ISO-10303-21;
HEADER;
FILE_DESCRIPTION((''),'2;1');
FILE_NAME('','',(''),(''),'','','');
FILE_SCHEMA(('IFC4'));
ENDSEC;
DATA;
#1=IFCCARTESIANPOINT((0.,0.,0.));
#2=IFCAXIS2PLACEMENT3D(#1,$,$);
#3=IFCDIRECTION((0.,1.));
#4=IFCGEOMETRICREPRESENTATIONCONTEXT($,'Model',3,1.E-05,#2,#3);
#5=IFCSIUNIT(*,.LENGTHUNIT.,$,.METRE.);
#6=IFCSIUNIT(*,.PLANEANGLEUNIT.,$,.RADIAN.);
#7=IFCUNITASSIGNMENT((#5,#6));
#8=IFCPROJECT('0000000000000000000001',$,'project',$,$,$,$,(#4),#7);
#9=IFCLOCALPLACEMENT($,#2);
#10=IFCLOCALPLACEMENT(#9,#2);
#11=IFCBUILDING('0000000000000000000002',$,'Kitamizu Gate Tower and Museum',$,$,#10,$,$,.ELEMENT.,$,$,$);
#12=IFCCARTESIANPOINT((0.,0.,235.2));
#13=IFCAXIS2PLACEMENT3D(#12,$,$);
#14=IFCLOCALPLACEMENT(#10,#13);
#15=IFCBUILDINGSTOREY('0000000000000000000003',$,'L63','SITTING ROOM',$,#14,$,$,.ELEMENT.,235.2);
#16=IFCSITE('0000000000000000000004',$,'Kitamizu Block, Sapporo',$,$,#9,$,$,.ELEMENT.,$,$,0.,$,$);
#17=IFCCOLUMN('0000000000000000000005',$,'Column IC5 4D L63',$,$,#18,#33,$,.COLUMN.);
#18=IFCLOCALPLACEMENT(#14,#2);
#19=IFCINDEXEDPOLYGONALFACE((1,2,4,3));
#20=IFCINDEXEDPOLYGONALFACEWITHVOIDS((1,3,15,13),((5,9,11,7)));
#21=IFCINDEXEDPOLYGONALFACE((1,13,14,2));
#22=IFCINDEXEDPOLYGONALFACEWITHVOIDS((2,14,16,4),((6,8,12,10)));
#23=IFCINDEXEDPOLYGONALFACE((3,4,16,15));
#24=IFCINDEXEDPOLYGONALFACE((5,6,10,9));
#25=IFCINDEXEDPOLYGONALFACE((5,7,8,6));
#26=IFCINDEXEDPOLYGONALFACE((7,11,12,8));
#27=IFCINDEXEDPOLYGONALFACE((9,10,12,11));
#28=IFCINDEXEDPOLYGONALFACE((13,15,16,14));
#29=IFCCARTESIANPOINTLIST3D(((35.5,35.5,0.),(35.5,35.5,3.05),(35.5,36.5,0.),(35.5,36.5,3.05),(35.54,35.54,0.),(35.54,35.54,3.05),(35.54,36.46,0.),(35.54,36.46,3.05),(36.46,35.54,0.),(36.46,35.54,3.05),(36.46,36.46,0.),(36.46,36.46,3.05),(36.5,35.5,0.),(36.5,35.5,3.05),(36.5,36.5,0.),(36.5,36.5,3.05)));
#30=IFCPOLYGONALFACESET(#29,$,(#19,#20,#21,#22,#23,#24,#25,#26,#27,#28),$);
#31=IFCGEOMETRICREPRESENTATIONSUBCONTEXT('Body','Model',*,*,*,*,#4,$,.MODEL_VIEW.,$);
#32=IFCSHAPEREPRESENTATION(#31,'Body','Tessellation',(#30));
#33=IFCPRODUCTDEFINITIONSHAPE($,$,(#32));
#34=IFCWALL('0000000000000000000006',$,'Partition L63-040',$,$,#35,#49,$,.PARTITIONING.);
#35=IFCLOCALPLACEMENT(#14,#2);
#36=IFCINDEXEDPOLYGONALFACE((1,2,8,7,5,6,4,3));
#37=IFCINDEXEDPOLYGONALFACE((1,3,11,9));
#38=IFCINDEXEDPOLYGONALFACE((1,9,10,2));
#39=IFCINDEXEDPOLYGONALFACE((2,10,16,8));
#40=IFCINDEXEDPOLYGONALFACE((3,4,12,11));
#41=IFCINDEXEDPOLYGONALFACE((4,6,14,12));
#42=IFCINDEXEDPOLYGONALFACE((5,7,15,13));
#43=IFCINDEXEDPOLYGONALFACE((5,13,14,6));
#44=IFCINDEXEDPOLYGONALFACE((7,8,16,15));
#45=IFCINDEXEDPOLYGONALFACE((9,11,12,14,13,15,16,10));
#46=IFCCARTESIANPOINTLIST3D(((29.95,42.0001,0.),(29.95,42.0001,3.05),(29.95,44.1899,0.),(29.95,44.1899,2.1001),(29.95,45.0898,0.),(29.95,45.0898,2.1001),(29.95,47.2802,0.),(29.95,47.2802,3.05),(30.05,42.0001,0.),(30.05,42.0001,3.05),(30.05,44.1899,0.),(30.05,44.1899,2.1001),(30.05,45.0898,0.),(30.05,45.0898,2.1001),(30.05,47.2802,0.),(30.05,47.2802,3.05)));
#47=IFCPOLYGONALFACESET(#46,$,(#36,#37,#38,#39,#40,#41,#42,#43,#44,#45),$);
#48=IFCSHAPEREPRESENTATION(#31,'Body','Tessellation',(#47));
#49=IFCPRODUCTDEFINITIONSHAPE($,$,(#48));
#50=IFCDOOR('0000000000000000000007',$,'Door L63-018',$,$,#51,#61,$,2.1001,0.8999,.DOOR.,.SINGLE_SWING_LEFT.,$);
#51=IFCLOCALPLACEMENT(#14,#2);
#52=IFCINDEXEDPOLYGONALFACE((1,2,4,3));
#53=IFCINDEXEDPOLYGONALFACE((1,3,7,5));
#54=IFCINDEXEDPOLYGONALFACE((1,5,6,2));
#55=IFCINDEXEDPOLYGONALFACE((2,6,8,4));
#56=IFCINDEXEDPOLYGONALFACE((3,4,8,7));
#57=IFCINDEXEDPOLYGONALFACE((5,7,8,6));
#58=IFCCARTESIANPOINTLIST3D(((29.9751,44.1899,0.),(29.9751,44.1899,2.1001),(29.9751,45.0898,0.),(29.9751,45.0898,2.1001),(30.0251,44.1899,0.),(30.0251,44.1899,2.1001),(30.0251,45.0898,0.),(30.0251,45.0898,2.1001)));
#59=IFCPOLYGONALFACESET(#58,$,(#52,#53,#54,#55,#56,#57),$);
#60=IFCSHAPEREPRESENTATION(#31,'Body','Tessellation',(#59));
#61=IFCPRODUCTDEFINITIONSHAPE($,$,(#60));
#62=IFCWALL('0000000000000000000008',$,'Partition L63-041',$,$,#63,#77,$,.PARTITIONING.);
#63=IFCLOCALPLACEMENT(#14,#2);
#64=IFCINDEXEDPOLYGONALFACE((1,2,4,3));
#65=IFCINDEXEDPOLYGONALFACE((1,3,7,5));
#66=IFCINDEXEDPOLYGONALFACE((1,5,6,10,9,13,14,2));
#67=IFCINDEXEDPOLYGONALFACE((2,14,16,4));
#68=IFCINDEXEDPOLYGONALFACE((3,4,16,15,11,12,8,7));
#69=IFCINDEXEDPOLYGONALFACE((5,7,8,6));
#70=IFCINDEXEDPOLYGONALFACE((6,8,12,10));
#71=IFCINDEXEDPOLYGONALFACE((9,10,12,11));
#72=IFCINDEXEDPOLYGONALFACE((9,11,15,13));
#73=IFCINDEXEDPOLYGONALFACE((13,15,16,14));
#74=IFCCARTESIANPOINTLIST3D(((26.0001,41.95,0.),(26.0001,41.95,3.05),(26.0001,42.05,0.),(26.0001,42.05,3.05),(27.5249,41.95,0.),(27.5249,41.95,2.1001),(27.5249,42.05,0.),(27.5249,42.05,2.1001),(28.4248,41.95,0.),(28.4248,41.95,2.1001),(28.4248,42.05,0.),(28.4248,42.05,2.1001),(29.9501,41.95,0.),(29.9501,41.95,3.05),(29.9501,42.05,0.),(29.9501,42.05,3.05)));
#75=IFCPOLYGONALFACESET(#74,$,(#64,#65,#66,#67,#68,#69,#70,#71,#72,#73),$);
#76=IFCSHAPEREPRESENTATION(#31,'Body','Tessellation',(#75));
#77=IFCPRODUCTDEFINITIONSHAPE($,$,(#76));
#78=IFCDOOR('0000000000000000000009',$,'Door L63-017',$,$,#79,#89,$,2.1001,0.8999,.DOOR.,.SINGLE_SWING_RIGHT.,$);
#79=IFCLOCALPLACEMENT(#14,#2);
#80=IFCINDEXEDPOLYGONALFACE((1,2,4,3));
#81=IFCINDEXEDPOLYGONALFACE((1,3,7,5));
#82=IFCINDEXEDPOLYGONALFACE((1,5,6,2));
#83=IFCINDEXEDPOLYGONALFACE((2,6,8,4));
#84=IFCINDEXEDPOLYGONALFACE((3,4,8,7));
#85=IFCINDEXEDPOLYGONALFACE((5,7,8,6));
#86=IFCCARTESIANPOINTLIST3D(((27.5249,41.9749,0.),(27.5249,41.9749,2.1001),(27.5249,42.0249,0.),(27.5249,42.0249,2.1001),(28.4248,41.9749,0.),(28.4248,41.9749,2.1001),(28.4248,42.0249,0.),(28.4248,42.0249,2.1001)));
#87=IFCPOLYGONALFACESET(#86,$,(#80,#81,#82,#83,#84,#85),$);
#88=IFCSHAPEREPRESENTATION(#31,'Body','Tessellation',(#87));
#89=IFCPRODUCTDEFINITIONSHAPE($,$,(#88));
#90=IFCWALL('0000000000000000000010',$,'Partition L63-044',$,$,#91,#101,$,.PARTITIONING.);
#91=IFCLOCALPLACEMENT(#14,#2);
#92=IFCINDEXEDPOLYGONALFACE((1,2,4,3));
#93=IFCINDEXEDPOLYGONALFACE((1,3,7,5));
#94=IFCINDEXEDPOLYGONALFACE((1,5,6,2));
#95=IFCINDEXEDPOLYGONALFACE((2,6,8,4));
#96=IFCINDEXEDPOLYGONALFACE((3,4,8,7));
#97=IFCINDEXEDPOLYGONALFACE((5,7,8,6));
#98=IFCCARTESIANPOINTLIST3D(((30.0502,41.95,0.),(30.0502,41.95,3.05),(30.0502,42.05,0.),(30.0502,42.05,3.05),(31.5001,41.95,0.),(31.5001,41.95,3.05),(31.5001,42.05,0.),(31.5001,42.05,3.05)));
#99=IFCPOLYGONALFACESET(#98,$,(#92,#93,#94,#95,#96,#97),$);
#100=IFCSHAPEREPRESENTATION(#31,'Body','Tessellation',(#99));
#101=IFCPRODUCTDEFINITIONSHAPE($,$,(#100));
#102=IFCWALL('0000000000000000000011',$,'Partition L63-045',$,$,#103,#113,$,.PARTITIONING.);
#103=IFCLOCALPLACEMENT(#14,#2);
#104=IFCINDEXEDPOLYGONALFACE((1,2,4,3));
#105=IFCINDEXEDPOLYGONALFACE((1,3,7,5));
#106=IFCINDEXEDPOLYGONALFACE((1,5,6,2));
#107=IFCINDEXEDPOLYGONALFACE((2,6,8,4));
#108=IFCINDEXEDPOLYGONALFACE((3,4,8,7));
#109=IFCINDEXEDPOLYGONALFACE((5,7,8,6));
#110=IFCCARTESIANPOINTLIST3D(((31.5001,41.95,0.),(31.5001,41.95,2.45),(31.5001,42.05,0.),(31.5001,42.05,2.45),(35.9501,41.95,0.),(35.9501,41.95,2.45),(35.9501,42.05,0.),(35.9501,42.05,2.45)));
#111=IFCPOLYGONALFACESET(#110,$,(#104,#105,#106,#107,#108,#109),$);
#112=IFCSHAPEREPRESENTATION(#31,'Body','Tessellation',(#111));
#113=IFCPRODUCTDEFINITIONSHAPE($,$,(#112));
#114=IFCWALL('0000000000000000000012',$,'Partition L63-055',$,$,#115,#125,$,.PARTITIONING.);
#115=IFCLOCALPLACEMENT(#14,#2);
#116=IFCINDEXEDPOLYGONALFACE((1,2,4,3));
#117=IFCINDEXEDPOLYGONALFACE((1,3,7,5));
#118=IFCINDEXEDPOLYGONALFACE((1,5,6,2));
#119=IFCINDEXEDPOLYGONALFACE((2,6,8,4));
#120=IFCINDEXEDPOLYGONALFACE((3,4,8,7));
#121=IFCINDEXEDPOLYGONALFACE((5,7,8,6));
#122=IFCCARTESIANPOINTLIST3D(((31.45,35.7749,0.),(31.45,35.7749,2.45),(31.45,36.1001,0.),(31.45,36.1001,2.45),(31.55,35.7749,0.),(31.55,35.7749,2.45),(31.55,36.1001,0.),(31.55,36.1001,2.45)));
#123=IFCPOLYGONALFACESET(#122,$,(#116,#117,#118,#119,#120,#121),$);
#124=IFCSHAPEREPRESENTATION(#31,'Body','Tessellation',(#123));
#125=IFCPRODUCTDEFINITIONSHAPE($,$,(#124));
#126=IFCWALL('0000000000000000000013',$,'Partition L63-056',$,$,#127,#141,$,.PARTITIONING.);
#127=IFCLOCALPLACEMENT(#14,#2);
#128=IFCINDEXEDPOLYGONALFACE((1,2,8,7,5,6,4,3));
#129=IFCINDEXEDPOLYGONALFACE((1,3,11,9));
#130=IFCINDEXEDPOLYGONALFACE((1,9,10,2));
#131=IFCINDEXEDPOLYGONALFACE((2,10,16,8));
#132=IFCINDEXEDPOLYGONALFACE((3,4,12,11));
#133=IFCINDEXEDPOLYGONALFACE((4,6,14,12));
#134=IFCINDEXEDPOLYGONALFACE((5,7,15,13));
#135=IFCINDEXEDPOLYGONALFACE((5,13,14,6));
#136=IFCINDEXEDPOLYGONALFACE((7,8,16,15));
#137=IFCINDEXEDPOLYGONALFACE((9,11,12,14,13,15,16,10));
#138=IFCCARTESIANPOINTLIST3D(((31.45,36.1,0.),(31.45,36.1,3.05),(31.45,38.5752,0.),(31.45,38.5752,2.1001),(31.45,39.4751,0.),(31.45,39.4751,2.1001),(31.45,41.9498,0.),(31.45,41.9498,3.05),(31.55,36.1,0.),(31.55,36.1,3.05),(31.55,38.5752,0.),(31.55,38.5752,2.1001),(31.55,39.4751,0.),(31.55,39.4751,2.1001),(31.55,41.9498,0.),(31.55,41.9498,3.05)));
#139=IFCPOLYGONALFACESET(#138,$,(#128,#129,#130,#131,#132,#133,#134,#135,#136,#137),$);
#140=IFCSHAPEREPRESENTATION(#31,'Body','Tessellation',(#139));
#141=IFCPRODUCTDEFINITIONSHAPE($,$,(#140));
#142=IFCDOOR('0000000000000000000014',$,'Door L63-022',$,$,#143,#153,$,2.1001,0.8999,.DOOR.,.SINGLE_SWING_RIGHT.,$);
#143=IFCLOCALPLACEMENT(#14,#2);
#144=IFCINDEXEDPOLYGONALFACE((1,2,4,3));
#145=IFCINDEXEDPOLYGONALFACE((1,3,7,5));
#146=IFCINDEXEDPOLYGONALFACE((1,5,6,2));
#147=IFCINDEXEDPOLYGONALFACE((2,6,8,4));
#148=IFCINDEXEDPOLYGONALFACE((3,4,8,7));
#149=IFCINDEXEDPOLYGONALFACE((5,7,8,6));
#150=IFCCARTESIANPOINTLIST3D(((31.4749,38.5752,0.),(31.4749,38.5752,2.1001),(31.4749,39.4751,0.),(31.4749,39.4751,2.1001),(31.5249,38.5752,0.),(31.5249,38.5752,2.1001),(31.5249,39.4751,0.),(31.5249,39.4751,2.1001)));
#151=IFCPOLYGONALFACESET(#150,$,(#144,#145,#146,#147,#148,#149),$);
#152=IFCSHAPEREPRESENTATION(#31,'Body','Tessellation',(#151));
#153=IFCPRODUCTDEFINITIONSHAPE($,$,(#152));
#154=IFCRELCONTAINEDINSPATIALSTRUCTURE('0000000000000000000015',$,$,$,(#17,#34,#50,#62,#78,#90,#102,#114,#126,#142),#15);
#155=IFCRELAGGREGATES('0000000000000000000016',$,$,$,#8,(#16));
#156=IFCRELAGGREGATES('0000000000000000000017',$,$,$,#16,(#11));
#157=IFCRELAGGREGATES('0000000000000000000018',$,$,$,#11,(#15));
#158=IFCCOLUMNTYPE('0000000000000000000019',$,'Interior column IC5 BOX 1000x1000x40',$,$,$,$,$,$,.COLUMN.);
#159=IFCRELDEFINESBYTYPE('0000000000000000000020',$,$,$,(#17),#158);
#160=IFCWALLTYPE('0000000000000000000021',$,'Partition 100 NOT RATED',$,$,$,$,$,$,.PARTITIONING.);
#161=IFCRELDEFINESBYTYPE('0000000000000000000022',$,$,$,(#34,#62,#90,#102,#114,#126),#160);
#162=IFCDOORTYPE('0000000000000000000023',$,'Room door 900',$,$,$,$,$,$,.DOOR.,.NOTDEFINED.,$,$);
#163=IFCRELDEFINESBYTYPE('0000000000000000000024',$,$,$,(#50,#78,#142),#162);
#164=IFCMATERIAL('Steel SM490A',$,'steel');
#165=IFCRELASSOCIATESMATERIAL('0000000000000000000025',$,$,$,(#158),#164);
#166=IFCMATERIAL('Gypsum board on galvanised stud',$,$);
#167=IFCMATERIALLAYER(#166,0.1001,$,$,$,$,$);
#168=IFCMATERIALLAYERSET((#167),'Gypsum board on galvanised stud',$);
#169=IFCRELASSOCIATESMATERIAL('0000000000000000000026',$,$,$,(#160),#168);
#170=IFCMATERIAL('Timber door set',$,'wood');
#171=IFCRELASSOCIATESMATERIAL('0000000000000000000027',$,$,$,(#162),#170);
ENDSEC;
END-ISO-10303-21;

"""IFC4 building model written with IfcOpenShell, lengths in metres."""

from ifc_helpers import new_model, si_unit, direction, frame, frame_2d, origin, origin_2d, place, context, subcontext, project, spatial, rectangle, hollow_rectangle, extrude, material, layer, layer_set, material_profile, profile_set, type_object, element, fill, save


model = new_model("IFC4")

# Units and contexts
model_context = context("Model", 3, precision=1e-05, world=origin(), true_north=direction((0.0, 1.0)))
body_context = subcontext(model_context, "Body", "Model", "MODEL_VIEW")
ifc_project = project(units=[si_unit("LENGTHUNIT", "METRE"), si_unit("PLANEANGLEUNIT", "RADIAN")], contexts=[model_context])

# Site, building, storey
site_placement = place(None, origin())
site = spatial("IfcSite", under=ifc_project, at=site_placement, Name="Kitamizu Block, Sapporo", CompositionType="ELEMENT", RefElevation=0.0)
building_placement = place(site_placement, origin())
building = spatial("IfcBuilding", under=site, at=building_placement, Name="Kitamizu Gate Tower and Museum", CompositionType="ELEMENT")
storey_placement = place(building_placement, frame((0.0, 0.0, 235.2)))
storey = spatial("IfcBuildingStorey", under=building, at=storey_placement, Name="L63", Description="SITTING ROOM", CompositionType="ELEMENT", Elevation=235.2)

# Column
ifc_material_1 = material(Name="Steel SM490A", Category="steel")
ifc_material_profile = material_profile(ifc_material_1, hollow_rectangle(XDim=1.0, YDim=1.0, WallThickness=0.04, at=origin_2d()), Name="BOX 1000x1000x40")
ifc_profile_set = profile_set([ifc_material_profile], Name="Steel SM490A")
column_type = type_object("IfcColumnType", Name="Interior column IC5 BOX 1000x1000x40", PredefinedType="COLUMN", material=ifc_profile_set)
column_placement = place(storey_placement, frame((36.0, 36.0, 0.0), z_axis=(0.0, 0.0, 1.0), x_axis=(1.0, 0.0, 0.0)))
element("IfcColumn", 1, at=column_placement, inside=storey, type_object=column_type, Name="Column IC5 4D L63", PredefinedType="COLUMN", context=body_context, shape_type="SweptSolid", body=[
    extrude(hollow_rectangle(XDim=1.0, YDim=1.0, WallThickness=0.04, at=origin_2d()), origin(), (0.0, 0.0, 1.0), 3.05),
])

# Walls, openings, doors
ifc_material_2 = material(Name="Gypsum board on galvanised stud")
ifc_layer_1 = layer(ifc_material_2, 0.1001)
ifc_layer_set_1 = layer_set([ifc_layer_1], Name="Gypsum board on galvanised stud")
wall_type_1 = type_object("IfcWallType", Name="Partition 100 NOT RATED", PredefinedType="PARTITIONING", material=ifc_layer_set_1)
wall_1_placement = place(storey_placement, frame((30.0, 42.0, 0.0), z_axis=(0.0, 0.0, 1.0), x_axis=(0.0, 1.0, 0.0)))
wall_1 = element("IfcWall", 2, at=wall_1_placement, inside=storey, type_object=wall_type_1, Name="Partition L63-040", PredefinedType="PARTITIONING", context=body_context, shape_type="SweptSolid", body=[
    extrude(rectangle(XDim=5.28, YDim=0.1001, at=frame_2d((2.6401, 0.0))), origin(), (0.0, 0.0, 1.0), 3.05),
])
opening_1_placement = place(wall_1_placement, frame((2.1899, 0.0, 0.0)))
opening_1 = element("IfcOpeningElement", 3, at=opening_1_placement, cuts=wall_1, PredefinedType="OPENING", context=body_context, shape_type="SweptSolid", body=[
    extrude(rectangle(XDim=0.8999, YDim=2.1001, at=frame_2d((0.45, 1.05))), frame((0.0, 0.0601, 0.0), z_axis=(0.0, -1.0, 0.0), x_axis=(1.0, 0.0, 0.0)), (0.0, 0.0, 1.0), 0.1201),
])
ifc_material_3 = material(Name="Timber door set", Category="wood")
door_type_1 = type_object("IfcDoorType", Name="Room door 900", OperationType="NOTDEFINED", PredefinedType="DOOR", material=ifc_material_3)
door_1_placement = place(opening_1_placement, origin())
door_1 = element("IfcDoor", 4, at=door_1_placement, inside=storey, type_object=door_type_1, Name="Door L63-018", OperationType="SINGLE_SWING_LEFT", OverallHeight=2.1001, OverallWidth=0.8999, PredefinedType="DOOR", context=body_context, shape_type="SweptSolid", body=[
    extrude(rectangle(XDim=0.8999, YDim=2.1001, at=frame_2d((0.45, 1.05))), frame((0.0, 0.0249, 0.0), z_axis=(0.0, -1.0, 0.0), x_axis=(1.0, 0.0, 0.0)), (0.0, 0.0, 1.0), 0.05),
])
fill(opening_1, door_1)
wall_2_placement = place(storey_placement, frame((26.0, 42.0, 0.0), z_axis=(0.0, 0.0, 1.0), x_axis=(1.0, 0.0, 0.0)))
wall_2 = element("IfcWall", 5, at=wall_2_placement, inside=storey, type_object=wall_type_1, Name="Partition L63-041", PredefinedType="PARTITIONING", context=body_context, shape_type="SweptSolid", body=[
    extrude(rectangle(XDim=3.95, YDim=0.1001, at=frame_2d((1.9751, 0.0))), origin(), (0.0, 0.0, 1.0), 3.05),
])
opening_2_placement = place(wall_2_placement, frame((1.5249, 0.0, 0.0)))
opening_2 = element("IfcOpeningElement", 6, at=opening_2_placement, cuts=wall_2, PredefinedType="OPENING", context=body_context, shape_type="SweptSolid", body=[
    extrude(rectangle(XDim=0.8999, YDim=2.1001, at=frame_2d((0.45, 1.05))), frame((0.0, 0.0601, 0.0), z_axis=(0.0, -1.0, 0.0), x_axis=(1.0, 0.0, 0.0)), (0.0, 0.0, 1.0), 0.1201),
])
door_2_placement = place(opening_2_placement, origin())
door_2 = element("IfcDoor", 7, at=door_2_placement, inside=storey, type_object=door_type_1, Name="Door L63-017", OperationType="SINGLE_SWING_RIGHT", OverallHeight=2.1001, OverallWidth=0.8999, PredefinedType="DOOR", context=body_context, shape_type="SweptSolid", body=[
    extrude(rectangle(XDim=0.8999, YDim=2.1001, at=frame_2d((0.45, 1.05))), frame((0.0, 0.0249, 0.0), z_axis=(0.0, -1.0, 0.0), x_axis=(1.0, 0.0, 0.0)), (0.0, 0.0, 1.0), 0.05),
])
fill(opening_2, door_2)

# Walls
wall_3_placement = place(storey_placement, frame((30.05, 42.0, 0.0), z_axis=(0.0, 0.0, 1.0), x_axis=(1.0, 0.0, 0.0)))
element("IfcWall", 8, at=wall_3_placement, inside=storey, type_object=wall_type_1, Name="Partition L63-044", PredefinedType="PARTITIONING", context=body_context, shape_type="SweptSolid", body=[
    extrude(rectangle(XDim=1.45, YDim=0.1001, at=frame_2d((0.7251, 0.0))), origin(), (0.0, 0.0, 1.0), 3.05),
])
wall_4_placement = place(storey_placement, frame((31.5, 42.0, 0.0), z_axis=(0.0, 0.0, 1.0), x_axis=(1.0, 0.0, 0.0)))
element("IfcWall", 9, at=wall_4_placement, inside=storey, type_object=wall_type_1, Name="Partition L63-045", PredefinedType="PARTITIONING", context=body_context, shape_type="SweptSolid", body=[
    extrude(rectangle(XDim=4.45, YDim=0.1001, at=frame_2d((2.2251, 0.0))), origin(), (0.0, 0.0, 1.0), 2.45),
])
wall_5_placement = place(storey_placement, frame((31.5, 35.7749, 0.0), z_axis=(0.0, 0.0, 1.0), x_axis=(0.0, 1.0, 0.0)))
element("IfcWall", 10, at=wall_5_placement, inside=storey, type_object=wall_type_1, Name="Partition L63-055", PredefinedType="PARTITIONING", context=body_context, shape_type="SweptSolid", body=[
    extrude(rectangle(XDim=0.3252, YDim=0.1001, at=frame_2d((0.1626, 0.0))), origin(), (0.0, 0.0, 1.0), 2.45),
])

# Wall, opening, door
wall_6_placement = place(storey_placement, frame((31.5, 36.1001, 0.0), z_axis=(0.0, 0.0, 1.0), x_axis=(0.0, 1.0, 0.0)))
wall_6 = element("IfcWall", 11, at=wall_6_placement, inside=storey, type_object=wall_type_1, Name="Partition L63-056", PredefinedType="PARTITIONING", context=body_context, shape_type="SweptSolid", body=[
    extrude(rectangle(XDim=5.8499, YDim=0.1001, at=frame_2d((2.9248, 0.0))), origin(), (0.0, 0.0, 1.0), 3.05),
])
opening_3_placement = place(wall_6_placement, frame((2.4751, 0.0, 0.0)))
opening_3 = element("IfcOpeningElement", 12, at=opening_3_placement, cuts=wall_6, PredefinedType="OPENING", context=body_context, shape_type="SweptSolid", body=[
    extrude(rectangle(XDim=0.8999, YDim=2.1001, at=frame_2d((0.45, 1.05))), frame((0.0, 0.0601, 0.0), z_axis=(0.0, -1.0, 0.0), x_axis=(1.0, 0.0, 0.0)), (0.0, 0.0, 1.0), 0.1201),
])
door_3_placement = place(opening_3_placement, frame((0.8999, 0.0, 0.0), x_axis=(-1.0, 0.0, 0.0)))
door_3 = element("IfcDoor", 13, at=door_3_placement, inside=storey, type_object=door_type_1, Name="Door L63-022", OperationType="SINGLE_SWING_RIGHT", OverallHeight=2.1001, OverallWidth=0.8999, PredefinedType="DOOR", context=body_context, shape_type="SweptSolid", body=[
    extrude(rectangle(XDim=0.8999, YDim=2.1001, at=frame_2d((0.45, 1.05))), frame((0.0, 0.0249, 0.0), z_axis=(0.0, -1.0, 0.0), x_axis=(1.0, 0.0, 0.0)), (0.0, 0.0, 1.0), 0.05),
])
fill(opening_3, door_3)

save(model, "model.ifc")
